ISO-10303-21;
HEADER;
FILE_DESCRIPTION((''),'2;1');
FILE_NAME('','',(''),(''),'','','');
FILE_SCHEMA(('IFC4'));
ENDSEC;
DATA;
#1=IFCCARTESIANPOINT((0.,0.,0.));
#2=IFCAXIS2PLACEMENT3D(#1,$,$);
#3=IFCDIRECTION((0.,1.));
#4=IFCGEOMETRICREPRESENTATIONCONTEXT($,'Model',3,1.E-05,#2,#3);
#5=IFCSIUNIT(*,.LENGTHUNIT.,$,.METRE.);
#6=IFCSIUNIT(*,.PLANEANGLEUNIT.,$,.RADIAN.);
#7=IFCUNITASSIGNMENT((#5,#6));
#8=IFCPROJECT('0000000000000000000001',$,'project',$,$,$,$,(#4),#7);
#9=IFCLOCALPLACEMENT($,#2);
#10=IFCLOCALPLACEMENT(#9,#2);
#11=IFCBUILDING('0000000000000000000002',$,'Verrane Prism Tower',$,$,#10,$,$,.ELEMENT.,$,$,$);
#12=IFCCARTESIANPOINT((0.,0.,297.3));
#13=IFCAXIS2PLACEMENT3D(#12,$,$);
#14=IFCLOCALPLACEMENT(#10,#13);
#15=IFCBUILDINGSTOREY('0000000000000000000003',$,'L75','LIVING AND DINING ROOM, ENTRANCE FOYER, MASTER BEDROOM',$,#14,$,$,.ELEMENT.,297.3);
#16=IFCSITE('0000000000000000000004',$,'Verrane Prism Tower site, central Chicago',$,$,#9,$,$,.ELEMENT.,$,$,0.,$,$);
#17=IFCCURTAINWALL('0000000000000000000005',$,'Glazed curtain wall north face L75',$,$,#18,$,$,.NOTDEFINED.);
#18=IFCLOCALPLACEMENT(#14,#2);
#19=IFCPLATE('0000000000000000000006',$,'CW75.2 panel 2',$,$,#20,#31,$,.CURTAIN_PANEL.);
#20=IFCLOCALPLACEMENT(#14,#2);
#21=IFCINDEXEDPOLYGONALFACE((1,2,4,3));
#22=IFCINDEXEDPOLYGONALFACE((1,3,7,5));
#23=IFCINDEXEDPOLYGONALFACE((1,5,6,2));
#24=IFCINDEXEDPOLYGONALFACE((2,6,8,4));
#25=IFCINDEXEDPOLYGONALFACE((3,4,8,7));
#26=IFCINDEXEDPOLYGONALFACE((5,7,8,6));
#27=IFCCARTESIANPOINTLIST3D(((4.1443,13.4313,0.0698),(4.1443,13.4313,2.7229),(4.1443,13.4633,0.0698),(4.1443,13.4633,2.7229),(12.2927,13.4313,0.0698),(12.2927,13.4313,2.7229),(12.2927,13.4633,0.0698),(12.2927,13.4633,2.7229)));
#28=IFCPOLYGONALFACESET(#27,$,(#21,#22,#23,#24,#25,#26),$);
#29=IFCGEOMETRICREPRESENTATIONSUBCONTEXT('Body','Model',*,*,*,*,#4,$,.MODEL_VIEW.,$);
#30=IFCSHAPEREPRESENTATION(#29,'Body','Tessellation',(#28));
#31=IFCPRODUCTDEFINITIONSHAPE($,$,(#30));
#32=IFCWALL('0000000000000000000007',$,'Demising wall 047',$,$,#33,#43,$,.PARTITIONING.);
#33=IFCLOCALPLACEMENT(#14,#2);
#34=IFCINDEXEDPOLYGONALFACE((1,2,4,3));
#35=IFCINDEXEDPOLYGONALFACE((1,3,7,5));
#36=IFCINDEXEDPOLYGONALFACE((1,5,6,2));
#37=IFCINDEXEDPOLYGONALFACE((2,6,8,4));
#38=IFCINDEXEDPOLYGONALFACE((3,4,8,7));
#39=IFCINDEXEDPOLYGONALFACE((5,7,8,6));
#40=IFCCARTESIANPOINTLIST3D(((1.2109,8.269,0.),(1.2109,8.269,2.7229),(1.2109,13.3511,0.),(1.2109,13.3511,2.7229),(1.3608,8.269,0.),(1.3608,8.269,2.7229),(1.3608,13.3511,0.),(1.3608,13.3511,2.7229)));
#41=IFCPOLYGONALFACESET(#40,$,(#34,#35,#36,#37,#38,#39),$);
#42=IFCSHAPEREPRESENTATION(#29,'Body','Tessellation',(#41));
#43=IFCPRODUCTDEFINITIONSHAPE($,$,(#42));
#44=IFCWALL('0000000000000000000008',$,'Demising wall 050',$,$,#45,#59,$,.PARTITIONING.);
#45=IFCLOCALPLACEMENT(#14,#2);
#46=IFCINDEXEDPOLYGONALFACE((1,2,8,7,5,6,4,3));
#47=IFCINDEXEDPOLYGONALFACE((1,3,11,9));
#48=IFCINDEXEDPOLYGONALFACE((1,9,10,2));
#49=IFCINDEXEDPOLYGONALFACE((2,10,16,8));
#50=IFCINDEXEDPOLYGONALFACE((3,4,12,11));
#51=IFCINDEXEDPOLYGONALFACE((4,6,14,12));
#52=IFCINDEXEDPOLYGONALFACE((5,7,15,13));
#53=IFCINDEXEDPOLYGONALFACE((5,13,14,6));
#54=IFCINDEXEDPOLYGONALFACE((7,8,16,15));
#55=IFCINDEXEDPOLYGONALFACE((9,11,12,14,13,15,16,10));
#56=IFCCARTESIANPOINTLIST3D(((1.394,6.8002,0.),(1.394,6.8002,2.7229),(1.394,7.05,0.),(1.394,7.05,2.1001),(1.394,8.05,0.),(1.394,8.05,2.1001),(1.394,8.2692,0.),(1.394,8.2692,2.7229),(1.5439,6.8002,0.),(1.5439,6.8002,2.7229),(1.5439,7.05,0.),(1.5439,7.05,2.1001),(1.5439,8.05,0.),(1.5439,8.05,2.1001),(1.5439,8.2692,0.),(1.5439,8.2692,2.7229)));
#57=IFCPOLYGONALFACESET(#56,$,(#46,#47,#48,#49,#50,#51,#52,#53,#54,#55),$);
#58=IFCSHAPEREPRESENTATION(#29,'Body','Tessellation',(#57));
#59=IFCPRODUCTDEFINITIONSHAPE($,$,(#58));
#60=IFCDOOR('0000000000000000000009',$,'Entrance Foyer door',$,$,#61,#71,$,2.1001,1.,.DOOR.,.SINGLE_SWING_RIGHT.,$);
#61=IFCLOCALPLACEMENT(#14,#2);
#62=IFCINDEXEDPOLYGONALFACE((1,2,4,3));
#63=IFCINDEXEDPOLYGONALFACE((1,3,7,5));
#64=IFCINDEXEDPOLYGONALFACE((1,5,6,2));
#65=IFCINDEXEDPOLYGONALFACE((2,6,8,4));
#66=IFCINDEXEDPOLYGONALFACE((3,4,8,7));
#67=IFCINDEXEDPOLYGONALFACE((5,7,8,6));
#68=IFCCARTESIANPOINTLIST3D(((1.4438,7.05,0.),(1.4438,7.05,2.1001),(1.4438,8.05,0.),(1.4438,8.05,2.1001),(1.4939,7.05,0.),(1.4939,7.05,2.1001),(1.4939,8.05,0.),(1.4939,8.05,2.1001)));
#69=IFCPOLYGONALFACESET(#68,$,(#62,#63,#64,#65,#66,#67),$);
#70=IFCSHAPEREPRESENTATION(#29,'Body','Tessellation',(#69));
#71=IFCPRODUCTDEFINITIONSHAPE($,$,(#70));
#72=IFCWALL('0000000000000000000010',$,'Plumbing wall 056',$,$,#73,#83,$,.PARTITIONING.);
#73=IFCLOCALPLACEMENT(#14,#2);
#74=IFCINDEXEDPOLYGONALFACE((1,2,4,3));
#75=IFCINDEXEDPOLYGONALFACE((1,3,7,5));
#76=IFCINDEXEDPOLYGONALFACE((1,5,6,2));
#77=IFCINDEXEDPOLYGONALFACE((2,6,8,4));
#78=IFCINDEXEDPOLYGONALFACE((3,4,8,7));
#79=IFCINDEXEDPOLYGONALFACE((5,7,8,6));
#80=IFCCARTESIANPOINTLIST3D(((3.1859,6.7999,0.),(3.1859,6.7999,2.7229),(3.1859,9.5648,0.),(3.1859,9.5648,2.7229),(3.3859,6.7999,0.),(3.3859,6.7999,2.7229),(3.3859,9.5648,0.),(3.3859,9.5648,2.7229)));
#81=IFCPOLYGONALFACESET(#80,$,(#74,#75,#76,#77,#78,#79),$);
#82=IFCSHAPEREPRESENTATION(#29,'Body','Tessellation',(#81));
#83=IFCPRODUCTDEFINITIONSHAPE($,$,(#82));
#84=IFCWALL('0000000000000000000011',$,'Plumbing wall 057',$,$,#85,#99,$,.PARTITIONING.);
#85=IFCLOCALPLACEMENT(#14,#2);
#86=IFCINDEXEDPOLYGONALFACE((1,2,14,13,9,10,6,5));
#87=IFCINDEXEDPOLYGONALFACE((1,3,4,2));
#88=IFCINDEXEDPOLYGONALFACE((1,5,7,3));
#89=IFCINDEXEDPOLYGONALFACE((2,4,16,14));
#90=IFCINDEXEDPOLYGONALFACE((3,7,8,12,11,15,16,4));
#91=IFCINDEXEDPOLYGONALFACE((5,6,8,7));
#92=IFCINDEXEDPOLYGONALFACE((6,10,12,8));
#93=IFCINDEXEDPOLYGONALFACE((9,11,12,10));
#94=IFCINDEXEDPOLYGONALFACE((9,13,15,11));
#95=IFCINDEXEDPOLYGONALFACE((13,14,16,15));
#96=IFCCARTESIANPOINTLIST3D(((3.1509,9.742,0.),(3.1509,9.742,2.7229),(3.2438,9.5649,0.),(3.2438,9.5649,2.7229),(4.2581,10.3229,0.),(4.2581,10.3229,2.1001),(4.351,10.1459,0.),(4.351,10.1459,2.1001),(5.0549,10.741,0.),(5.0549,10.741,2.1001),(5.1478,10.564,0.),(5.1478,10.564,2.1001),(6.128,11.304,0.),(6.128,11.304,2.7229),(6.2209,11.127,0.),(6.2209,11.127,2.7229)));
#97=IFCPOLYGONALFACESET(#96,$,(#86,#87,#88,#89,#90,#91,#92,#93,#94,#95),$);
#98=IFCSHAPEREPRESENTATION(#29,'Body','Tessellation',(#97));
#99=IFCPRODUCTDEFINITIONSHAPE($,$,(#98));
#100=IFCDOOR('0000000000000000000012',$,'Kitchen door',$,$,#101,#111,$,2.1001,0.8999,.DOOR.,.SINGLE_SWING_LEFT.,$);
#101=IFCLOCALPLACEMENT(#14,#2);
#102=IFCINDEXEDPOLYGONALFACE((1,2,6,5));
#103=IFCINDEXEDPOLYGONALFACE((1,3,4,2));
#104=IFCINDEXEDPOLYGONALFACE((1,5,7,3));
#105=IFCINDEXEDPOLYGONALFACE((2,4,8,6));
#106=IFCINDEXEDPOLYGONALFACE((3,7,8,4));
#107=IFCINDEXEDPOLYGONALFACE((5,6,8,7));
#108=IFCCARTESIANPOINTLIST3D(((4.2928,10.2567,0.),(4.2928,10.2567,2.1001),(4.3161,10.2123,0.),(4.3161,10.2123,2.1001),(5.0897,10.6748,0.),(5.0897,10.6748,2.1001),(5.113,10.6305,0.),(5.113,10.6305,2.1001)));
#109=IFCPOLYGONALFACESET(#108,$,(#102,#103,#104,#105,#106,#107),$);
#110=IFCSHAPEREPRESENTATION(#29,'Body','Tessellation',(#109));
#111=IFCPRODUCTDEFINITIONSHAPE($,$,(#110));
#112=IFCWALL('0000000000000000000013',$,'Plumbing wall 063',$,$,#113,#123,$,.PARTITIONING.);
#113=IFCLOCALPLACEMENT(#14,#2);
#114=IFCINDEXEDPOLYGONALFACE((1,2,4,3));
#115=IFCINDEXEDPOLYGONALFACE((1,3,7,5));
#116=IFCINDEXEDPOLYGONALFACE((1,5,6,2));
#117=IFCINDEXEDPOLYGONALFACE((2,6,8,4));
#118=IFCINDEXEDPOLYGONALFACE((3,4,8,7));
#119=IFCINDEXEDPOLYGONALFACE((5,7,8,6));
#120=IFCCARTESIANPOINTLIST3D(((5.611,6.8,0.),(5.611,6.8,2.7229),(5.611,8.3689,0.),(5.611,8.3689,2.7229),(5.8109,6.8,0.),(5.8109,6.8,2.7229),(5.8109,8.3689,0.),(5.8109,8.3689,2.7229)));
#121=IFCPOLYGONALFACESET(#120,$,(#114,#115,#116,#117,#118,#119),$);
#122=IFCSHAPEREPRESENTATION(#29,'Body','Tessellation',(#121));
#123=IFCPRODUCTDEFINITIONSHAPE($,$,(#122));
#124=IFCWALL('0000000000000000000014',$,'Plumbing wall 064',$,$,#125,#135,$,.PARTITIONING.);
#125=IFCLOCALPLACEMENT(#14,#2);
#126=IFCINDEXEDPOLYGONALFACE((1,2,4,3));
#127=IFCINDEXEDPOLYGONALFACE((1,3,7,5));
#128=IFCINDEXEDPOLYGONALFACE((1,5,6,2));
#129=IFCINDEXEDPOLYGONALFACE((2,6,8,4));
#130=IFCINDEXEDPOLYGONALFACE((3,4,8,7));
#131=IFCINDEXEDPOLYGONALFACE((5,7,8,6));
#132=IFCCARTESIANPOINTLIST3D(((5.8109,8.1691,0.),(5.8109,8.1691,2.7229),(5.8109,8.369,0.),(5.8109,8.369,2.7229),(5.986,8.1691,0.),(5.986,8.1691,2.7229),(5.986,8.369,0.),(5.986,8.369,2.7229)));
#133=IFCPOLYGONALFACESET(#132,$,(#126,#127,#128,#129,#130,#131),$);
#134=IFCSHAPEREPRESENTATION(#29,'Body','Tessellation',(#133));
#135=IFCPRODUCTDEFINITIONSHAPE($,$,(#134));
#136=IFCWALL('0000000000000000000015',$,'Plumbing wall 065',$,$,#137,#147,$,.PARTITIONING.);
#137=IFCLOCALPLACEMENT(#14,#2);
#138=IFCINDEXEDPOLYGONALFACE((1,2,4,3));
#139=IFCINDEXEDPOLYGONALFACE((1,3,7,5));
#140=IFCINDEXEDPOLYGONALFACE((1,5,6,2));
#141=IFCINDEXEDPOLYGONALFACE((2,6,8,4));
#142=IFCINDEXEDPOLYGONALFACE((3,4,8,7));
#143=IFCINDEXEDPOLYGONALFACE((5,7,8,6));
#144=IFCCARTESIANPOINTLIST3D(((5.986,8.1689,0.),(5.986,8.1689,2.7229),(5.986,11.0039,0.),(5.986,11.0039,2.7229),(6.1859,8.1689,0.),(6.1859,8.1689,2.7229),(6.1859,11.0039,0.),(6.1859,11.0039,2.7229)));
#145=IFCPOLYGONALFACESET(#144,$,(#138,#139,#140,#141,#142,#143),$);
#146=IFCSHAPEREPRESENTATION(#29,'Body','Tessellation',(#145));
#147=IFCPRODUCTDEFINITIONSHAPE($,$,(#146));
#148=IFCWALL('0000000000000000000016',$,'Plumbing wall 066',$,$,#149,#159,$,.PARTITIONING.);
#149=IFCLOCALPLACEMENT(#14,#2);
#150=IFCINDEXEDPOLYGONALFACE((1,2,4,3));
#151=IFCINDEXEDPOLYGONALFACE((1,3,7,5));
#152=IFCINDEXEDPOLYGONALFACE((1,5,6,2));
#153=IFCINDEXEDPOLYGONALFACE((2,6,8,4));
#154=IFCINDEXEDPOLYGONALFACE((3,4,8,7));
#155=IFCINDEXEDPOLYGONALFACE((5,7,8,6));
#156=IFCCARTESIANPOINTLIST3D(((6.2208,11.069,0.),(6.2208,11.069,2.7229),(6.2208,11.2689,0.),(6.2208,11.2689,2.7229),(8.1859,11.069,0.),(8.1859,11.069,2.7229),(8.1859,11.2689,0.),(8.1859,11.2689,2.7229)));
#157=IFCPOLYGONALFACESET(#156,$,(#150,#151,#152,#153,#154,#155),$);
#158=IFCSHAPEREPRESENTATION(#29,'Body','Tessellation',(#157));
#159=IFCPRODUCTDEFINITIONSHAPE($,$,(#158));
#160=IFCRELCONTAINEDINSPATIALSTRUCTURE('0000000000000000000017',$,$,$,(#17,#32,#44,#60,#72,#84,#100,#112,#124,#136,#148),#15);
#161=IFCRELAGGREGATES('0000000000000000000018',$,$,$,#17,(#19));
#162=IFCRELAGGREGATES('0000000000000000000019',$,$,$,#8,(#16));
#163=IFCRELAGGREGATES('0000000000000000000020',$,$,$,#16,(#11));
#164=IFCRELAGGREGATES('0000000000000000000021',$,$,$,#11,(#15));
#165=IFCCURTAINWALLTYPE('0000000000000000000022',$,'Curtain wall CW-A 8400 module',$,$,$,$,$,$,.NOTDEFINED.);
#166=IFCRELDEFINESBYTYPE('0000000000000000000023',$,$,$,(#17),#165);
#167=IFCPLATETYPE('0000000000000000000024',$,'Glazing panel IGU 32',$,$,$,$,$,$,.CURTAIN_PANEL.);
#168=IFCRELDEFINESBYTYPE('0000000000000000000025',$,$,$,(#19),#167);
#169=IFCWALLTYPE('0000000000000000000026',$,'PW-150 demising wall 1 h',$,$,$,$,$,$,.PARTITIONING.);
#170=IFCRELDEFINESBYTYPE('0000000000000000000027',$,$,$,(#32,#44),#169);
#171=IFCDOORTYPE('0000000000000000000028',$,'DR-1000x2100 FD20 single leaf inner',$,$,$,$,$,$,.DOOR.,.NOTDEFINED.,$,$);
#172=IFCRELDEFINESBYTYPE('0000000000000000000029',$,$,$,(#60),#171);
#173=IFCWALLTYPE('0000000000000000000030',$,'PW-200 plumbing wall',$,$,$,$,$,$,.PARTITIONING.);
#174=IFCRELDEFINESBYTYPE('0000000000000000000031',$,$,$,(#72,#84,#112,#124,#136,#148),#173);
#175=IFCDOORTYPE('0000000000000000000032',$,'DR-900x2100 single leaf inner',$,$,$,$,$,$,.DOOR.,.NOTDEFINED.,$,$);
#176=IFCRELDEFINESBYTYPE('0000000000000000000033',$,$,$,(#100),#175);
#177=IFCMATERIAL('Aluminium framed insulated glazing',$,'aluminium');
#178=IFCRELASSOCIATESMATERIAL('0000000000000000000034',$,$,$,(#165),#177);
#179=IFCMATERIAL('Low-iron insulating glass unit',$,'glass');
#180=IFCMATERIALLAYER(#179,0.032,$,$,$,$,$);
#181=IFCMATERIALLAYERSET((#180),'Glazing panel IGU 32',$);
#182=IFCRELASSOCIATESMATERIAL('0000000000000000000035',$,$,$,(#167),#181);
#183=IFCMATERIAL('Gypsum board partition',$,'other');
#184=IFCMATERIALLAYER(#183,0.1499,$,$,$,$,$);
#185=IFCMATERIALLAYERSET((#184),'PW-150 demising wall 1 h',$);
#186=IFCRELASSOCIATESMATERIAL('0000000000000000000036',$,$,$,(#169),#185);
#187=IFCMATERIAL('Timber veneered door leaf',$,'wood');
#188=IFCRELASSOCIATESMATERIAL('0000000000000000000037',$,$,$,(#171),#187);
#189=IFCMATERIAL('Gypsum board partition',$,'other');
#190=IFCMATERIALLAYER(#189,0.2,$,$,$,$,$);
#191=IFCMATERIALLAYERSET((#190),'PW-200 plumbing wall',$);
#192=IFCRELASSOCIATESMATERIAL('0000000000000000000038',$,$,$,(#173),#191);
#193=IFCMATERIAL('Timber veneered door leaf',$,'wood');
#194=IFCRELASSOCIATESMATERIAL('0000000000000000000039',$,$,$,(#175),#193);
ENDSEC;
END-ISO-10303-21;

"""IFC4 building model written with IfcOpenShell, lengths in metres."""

from ifc_helpers import new_model, si_unit, direction, frame, frame_2d, origin, origin_2d, place, context, subcontext, project, spatial, rectangle, extrude, material, layer, layer_set, type_object, element, fill, aggregate, save


model = new_model("IFC4")

# Units and contexts
model_context = context("Model", 3, precision=1e-05, world=origin(), true_north=direction((0.0, 1.0)))
body_context = subcontext(model_context, "Body", "Model", "MODEL_VIEW")
ifc_project = project(units=[si_unit("LENGTHUNIT", "METRE"), si_unit("PLANEANGLEUNIT", "RADIAN")], contexts=[model_context])

# Site, building, storey
site_placement = place(None, origin())
site = spatial("IfcSite", under=ifc_project, at=site_placement, Name="Verrane Prism Tower site, central Chicago", CompositionType="ELEMENT", RefElevation=0.0)
building_placement = place(site_placement, origin())
building = spatial("IfcBuilding", under=site, at=building_placement, Name="Verrane Prism Tower", CompositionType="ELEMENT")
storey_placement = place(building_placement, frame((0.0, 0.0, 297.3)))
storey = spatial("IfcBuildingStorey", under=building, at=storey_placement, Name="L75", Description="LIVING AND DINING ROOM, ENTRANCE FOYER, MASTER BEDROOM", CompositionType="ELEMENT", Elevation=297.3)

# Curtain wall
ifc_material_1 = material(Name="Aluminium framed insulated glazing", Category="aluminium")
curtain_wall_type = type_object("IfcCurtainWallType", Name="Curtain wall CW-A 8400 module", PredefinedType="NOTDEFINED", material=ifc_material_1)
curtain_wall_placement = place(storey_placement, origin())
curtain_wall = element("IfcCurtainWall", 1, at=curtain_wall_placement, inside=storey, type_object=curtain_wall_type, Name="Glazed curtain wall north face L75", PredefinedType="NOTDEFINED")

# Plate
ifc_material_2 = material(Name="Low-iron insulating glass unit", Category="glass")
ifc_layer_1 = layer(ifc_material_2, 0.032)
ifc_layer_set_1 = layer_set([ifc_layer_1], Name="Glazing panel IGU 32")
plate_type = type_object("IfcPlateType", Name="Glazing panel IGU 32", PredefinedType="CURTAIN_PANEL", material=ifc_layer_set_1)
plate_placement = place(storey_placement, frame((8.2185, 13.4473, 0.0698), z_axis=(0.0, 0.0, 1.0), x_axis=(-1.0, 0.0, 0.0)))
plate = element("IfcPlate", 2, at=plate_placement, type_object=plate_type, Name="CW75.2 panel 2", PredefinedType="CURTAIN_PANEL", context=body_context, shape_type="SweptSolid", body=[
    extrude(rectangle(XDim=8.1484, YDim=0.032, at=origin_2d()), origin(), (0.0, 0.0, 1.0), 2.6531),
])
aggregate(curtain_wall, [plate])

# Wall
ifc_material_3 = material(Name="Gypsum board partition", Category="other")
ifc_layer_2 = layer(ifc_material_3, 0.1499)
ifc_layer_set_2 = layer_set([ifc_layer_2], Name="PW-150 demising wall 1 h")
wall_type_1 = type_object("IfcWallType", Name="PW-150 demising wall 1 h", PredefinedType="PARTITIONING", material=ifc_layer_set_2)
wall_1_placement = place(storey_placement, frame((1.2859, 8.269, 0.0), z_axis=(0.0, 0.0, 1.0), x_axis=(0.0, 1.0, 0.0)))
element("IfcWall", 3, at=wall_1_placement, inside=storey, type_object=wall_type_1, Name="Demising wall 047", PredefinedType="PARTITIONING", context=body_context, shape_type="SweptSolid", body=[
    extrude(rectangle(XDim=5.082, YDim=0.1499, at=frame_2d((2.541, 0.0))), origin(), (0.0, 0.0, 1.0), 2.7229),
])

# Wall, opening, door
wall_2_placement = place(storey_placement, frame((1.469, 8.269, 0.0), z_axis=(0.0, 0.0, 1.0), x_axis=(0.0, -1.0, 0.0)))
wall_2 = element("IfcWall", 4, at=wall_2_placement, inside=storey, type_object=wall_type_1, Name="Demising wall 050", PredefinedType="PARTITIONING", context=body_context, shape_type="SweptSolid", body=[
    extrude(rectangle(XDim=1.469, YDim=0.1499, at=frame_2d((0.7344, 0.0))), origin(), (0.0, 0.0, 1.0), 2.7229),
])
opening_1_placement = place(wall_2_placement, frame((0.219, 0.0, 0.0)))
opening_1 = element("IfcOpeningElement", 5, at=opening_1_placement, cuts=wall_2, PredefinedType="OPENING", context=body_context, shape_type="SweptSolid", body=[
    extrude(rectangle(XDim=1.0, YDim=2.1001, at=frame_2d((0.5, 1.05))), frame((0.0, 0.085, 0.0), z_axis=(0.0, -1.0, 0.0), x_axis=(1.0, 0.0, 0.0)), (0.0, 0.0, 1.0), 0.1699),
])
ifc_material_4 = material(Name="Timber veneered door leaf", Category="wood")
door_type_1 = type_object("IfcDoorType", Name="DR-1000x2100 FD20 single leaf inner", OperationType="NOTDEFINED", PredefinedType="DOOR", material=ifc_material_4)
door_1_placement = place(opening_1_placement, origin())
door_1 = element("IfcDoor", 6, at=door_1_placement, inside=storey, type_object=door_type_1, Name="Entrance Foyer door", OperationType="SINGLE_SWING_RIGHT", OverallHeight=2.1001, OverallWidth=1.0, PredefinedType="DOOR", context=body_context, shape_type="SweptSolid", body=[
    extrude(rectangle(XDim=1.0, YDim=2.1001, at=frame_2d((0.5, 1.05))), frame((0.0, 0.0249, 0.0), z_axis=(0.0, -1.0, 0.0), x_axis=(1.0, 0.0, 0.0)), (0.0, 0.0, 1.0), 0.05),
])
fill(opening_1, door_1)

# Wall
ifc_material_5 = material(Name="Gypsum board partition", Category="other")
ifc_layer_3 = layer(ifc_material_5, 0.2)
ifc_layer_set_3 = layer_set([ifc_layer_3], Name="PW-200 plumbing wall")
wall_type_2 = type_object("IfcWallType", Name="PW-200 plumbing wall", PredefinedType="PARTITIONING", material=ifc_layer_set_3)
wall_3_placement = place(storey_placement, frame((3.2859, 6.8, 0.0), z_axis=(0.0, 0.0, 1.0), x_axis=(0.0, 1.0, 0.0)))
element("IfcWall", 7, at=wall_3_placement, inside=storey, type_object=wall_type_2, Name="Plumbing wall 056", PredefinedType="PARTITIONING", context=body_context, shape_type="SweptSolid", body=[
    extrude(rectangle(XDim=2.7649, YDim=0.2, at=frame_2d((1.3823, 0.0))), origin(), (0.0, 0.0, 1.0), 2.7229),
])

# Wall, opening, door
wall_4_placement = place(storey_placement, frame((6.1746, 11.2156, 0.0), z_axis=(0.0, 0.0, 1.0), x_axis=(-0.885513, -0.464615, 0.0)))
wall_4 = element("IfcWall", 8, at=wall_4_placement, inside=storey, type_object=wall_type_2, Name="Plumbing wall 057", PredefinedType="PARTITIONING", context=body_context, shape_type="SweptSolid", body=[
    extrude(rectangle(XDim=3.3621, YDim=0.2, at=frame_2d((1.6812, 0.0))), origin(), (0.0, 0.0, 1.0), 2.7229),
])
opening_2_placement = place(wall_4_placement, frame((1.2119, 0.0, 0.0)))
opening_2 = element("IfcOpeningElement", 9, at=opening_2_placement, cuts=wall_4, PredefinedType="OPENING", context=body_context, shape_type="SweptSolid", body=[
    extrude(rectangle(XDim=0.8999, YDim=2.1001, at=frame_2d((0.45, 1.05))), frame((0.0, 0.1099, 0.0), z_axis=(0.0, -1.0, 0.0), x_axis=(1.0, 0.0, 0.0)), (0.0, 0.0, 1.0), 0.22),
])
ifc_material_6 = material(Name="Timber veneered door leaf", Category="wood")
door_type_2 = type_object("IfcDoorType", Name="DR-900x2100 single leaf inner", OperationType="NOTDEFINED", PredefinedType="DOOR", material=ifc_material_6)
door_2_placement = place(opening_2_placement, origin())
door_2 = element("IfcDoor", 10, at=door_2_placement, inside=storey, type_object=door_type_2, Name="Kitchen door", OperationType="SINGLE_SWING_LEFT", OverallHeight=2.1001, OverallWidth=0.8999, PredefinedType="DOOR", context=body_context, shape_type="SweptSolid", body=[
    extrude(rectangle(XDim=0.8999, YDim=2.1001, at=frame_2d((0.45, 1.05))), frame((0.0, 0.0249, 0.0), z_axis=(0.0, -1.0, 0.0), x_axis=(1.0, 0.0, 0.0)), (0.0, 0.0, 1.0), 0.05),
])
fill(opening_2, door_2)

# Walls
wall_5_placement = place(storey_placement, frame((5.7109, 6.8, 0.0), z_axis=(0.0, 0.0, 1.0), x_axis=(0.0, 1.0, 0.0)))
element("IfcWall", 11, at=wall_5_placement, inside=storey, type_object=wall_type_2, Name="Plumbing wall 063", PredefinedType="PARTITIONING", context=body_context, shape_type="SweptSolid", body=[
    extrude(rectangle(XDim=1.5688, YDim=0.2, at=frame_2d((0.7844, 0.0))), origin(), (0.0, 0.0, 1.0), 2.7229),
])
wall_6_placement = place(storey_placement, frame((5.811, 8.269, 0.0), z_axis=(0.0, 0.0, 1.0), x_axis=(1.0, 0.0, 0.0)))
element("IfcWall", 12, at=wall_6_placement, inside=storey, type_object=wall_type_2, Name="Plumbing wall 064", PredefinedType="PARTITIONING", context=body_context, shape_type="SweptSolid", body=[
    extrude(rectangle(XDim=0.175, YDim=0.2, at=frame_2d((0.0874, 0.0))), origin(), (0.0, 0.0, 1.0), 2.7229),
])
wall_7_placement = place(storey_placement, frame((6.0859, 8.1689, 0.0), z_axis=(0.0, 0.0, 1.0), x_axis=(0.0, 1.0, 0.0)))
element("IfcWall", 13, at=wall_7_placement, inside=storey, type_object=wall_type_2, Name="Plumbing wall 065", PredefinedType="PARTITIONING", context=body_context, shape_type="SweptSolid", body=[
    extrude(rectangle(XDim=2.835, YDim=0.2, at=frame_2d((1.4175, 0.0))), origin(), (0.0, 0.0, 1.0), 2.7229),
])
wall_8_placement = place(storey_placement, frame((6.2209, 11.1689, 0.0), z_axis=(0.0, 0.0, 1.0), x_axis=(1.0, 0.0, 0.0)))
element("IfcWall", 14, at=wall_8_placement, inside=storey, type_object=wall_type_2, Name="Plumbing wall 066", PredefinedType="PARTITIONING", context=body_context, shape_type="SweptSolid", body=[
    extrude(rectangle(XDim=1.9651, YDim=0.2, at=frame_2d((0.9824, 0.0))), origin(), (0.0, 0.0, 1.0), 2.7229),
])

save(model, "model.ifc")
